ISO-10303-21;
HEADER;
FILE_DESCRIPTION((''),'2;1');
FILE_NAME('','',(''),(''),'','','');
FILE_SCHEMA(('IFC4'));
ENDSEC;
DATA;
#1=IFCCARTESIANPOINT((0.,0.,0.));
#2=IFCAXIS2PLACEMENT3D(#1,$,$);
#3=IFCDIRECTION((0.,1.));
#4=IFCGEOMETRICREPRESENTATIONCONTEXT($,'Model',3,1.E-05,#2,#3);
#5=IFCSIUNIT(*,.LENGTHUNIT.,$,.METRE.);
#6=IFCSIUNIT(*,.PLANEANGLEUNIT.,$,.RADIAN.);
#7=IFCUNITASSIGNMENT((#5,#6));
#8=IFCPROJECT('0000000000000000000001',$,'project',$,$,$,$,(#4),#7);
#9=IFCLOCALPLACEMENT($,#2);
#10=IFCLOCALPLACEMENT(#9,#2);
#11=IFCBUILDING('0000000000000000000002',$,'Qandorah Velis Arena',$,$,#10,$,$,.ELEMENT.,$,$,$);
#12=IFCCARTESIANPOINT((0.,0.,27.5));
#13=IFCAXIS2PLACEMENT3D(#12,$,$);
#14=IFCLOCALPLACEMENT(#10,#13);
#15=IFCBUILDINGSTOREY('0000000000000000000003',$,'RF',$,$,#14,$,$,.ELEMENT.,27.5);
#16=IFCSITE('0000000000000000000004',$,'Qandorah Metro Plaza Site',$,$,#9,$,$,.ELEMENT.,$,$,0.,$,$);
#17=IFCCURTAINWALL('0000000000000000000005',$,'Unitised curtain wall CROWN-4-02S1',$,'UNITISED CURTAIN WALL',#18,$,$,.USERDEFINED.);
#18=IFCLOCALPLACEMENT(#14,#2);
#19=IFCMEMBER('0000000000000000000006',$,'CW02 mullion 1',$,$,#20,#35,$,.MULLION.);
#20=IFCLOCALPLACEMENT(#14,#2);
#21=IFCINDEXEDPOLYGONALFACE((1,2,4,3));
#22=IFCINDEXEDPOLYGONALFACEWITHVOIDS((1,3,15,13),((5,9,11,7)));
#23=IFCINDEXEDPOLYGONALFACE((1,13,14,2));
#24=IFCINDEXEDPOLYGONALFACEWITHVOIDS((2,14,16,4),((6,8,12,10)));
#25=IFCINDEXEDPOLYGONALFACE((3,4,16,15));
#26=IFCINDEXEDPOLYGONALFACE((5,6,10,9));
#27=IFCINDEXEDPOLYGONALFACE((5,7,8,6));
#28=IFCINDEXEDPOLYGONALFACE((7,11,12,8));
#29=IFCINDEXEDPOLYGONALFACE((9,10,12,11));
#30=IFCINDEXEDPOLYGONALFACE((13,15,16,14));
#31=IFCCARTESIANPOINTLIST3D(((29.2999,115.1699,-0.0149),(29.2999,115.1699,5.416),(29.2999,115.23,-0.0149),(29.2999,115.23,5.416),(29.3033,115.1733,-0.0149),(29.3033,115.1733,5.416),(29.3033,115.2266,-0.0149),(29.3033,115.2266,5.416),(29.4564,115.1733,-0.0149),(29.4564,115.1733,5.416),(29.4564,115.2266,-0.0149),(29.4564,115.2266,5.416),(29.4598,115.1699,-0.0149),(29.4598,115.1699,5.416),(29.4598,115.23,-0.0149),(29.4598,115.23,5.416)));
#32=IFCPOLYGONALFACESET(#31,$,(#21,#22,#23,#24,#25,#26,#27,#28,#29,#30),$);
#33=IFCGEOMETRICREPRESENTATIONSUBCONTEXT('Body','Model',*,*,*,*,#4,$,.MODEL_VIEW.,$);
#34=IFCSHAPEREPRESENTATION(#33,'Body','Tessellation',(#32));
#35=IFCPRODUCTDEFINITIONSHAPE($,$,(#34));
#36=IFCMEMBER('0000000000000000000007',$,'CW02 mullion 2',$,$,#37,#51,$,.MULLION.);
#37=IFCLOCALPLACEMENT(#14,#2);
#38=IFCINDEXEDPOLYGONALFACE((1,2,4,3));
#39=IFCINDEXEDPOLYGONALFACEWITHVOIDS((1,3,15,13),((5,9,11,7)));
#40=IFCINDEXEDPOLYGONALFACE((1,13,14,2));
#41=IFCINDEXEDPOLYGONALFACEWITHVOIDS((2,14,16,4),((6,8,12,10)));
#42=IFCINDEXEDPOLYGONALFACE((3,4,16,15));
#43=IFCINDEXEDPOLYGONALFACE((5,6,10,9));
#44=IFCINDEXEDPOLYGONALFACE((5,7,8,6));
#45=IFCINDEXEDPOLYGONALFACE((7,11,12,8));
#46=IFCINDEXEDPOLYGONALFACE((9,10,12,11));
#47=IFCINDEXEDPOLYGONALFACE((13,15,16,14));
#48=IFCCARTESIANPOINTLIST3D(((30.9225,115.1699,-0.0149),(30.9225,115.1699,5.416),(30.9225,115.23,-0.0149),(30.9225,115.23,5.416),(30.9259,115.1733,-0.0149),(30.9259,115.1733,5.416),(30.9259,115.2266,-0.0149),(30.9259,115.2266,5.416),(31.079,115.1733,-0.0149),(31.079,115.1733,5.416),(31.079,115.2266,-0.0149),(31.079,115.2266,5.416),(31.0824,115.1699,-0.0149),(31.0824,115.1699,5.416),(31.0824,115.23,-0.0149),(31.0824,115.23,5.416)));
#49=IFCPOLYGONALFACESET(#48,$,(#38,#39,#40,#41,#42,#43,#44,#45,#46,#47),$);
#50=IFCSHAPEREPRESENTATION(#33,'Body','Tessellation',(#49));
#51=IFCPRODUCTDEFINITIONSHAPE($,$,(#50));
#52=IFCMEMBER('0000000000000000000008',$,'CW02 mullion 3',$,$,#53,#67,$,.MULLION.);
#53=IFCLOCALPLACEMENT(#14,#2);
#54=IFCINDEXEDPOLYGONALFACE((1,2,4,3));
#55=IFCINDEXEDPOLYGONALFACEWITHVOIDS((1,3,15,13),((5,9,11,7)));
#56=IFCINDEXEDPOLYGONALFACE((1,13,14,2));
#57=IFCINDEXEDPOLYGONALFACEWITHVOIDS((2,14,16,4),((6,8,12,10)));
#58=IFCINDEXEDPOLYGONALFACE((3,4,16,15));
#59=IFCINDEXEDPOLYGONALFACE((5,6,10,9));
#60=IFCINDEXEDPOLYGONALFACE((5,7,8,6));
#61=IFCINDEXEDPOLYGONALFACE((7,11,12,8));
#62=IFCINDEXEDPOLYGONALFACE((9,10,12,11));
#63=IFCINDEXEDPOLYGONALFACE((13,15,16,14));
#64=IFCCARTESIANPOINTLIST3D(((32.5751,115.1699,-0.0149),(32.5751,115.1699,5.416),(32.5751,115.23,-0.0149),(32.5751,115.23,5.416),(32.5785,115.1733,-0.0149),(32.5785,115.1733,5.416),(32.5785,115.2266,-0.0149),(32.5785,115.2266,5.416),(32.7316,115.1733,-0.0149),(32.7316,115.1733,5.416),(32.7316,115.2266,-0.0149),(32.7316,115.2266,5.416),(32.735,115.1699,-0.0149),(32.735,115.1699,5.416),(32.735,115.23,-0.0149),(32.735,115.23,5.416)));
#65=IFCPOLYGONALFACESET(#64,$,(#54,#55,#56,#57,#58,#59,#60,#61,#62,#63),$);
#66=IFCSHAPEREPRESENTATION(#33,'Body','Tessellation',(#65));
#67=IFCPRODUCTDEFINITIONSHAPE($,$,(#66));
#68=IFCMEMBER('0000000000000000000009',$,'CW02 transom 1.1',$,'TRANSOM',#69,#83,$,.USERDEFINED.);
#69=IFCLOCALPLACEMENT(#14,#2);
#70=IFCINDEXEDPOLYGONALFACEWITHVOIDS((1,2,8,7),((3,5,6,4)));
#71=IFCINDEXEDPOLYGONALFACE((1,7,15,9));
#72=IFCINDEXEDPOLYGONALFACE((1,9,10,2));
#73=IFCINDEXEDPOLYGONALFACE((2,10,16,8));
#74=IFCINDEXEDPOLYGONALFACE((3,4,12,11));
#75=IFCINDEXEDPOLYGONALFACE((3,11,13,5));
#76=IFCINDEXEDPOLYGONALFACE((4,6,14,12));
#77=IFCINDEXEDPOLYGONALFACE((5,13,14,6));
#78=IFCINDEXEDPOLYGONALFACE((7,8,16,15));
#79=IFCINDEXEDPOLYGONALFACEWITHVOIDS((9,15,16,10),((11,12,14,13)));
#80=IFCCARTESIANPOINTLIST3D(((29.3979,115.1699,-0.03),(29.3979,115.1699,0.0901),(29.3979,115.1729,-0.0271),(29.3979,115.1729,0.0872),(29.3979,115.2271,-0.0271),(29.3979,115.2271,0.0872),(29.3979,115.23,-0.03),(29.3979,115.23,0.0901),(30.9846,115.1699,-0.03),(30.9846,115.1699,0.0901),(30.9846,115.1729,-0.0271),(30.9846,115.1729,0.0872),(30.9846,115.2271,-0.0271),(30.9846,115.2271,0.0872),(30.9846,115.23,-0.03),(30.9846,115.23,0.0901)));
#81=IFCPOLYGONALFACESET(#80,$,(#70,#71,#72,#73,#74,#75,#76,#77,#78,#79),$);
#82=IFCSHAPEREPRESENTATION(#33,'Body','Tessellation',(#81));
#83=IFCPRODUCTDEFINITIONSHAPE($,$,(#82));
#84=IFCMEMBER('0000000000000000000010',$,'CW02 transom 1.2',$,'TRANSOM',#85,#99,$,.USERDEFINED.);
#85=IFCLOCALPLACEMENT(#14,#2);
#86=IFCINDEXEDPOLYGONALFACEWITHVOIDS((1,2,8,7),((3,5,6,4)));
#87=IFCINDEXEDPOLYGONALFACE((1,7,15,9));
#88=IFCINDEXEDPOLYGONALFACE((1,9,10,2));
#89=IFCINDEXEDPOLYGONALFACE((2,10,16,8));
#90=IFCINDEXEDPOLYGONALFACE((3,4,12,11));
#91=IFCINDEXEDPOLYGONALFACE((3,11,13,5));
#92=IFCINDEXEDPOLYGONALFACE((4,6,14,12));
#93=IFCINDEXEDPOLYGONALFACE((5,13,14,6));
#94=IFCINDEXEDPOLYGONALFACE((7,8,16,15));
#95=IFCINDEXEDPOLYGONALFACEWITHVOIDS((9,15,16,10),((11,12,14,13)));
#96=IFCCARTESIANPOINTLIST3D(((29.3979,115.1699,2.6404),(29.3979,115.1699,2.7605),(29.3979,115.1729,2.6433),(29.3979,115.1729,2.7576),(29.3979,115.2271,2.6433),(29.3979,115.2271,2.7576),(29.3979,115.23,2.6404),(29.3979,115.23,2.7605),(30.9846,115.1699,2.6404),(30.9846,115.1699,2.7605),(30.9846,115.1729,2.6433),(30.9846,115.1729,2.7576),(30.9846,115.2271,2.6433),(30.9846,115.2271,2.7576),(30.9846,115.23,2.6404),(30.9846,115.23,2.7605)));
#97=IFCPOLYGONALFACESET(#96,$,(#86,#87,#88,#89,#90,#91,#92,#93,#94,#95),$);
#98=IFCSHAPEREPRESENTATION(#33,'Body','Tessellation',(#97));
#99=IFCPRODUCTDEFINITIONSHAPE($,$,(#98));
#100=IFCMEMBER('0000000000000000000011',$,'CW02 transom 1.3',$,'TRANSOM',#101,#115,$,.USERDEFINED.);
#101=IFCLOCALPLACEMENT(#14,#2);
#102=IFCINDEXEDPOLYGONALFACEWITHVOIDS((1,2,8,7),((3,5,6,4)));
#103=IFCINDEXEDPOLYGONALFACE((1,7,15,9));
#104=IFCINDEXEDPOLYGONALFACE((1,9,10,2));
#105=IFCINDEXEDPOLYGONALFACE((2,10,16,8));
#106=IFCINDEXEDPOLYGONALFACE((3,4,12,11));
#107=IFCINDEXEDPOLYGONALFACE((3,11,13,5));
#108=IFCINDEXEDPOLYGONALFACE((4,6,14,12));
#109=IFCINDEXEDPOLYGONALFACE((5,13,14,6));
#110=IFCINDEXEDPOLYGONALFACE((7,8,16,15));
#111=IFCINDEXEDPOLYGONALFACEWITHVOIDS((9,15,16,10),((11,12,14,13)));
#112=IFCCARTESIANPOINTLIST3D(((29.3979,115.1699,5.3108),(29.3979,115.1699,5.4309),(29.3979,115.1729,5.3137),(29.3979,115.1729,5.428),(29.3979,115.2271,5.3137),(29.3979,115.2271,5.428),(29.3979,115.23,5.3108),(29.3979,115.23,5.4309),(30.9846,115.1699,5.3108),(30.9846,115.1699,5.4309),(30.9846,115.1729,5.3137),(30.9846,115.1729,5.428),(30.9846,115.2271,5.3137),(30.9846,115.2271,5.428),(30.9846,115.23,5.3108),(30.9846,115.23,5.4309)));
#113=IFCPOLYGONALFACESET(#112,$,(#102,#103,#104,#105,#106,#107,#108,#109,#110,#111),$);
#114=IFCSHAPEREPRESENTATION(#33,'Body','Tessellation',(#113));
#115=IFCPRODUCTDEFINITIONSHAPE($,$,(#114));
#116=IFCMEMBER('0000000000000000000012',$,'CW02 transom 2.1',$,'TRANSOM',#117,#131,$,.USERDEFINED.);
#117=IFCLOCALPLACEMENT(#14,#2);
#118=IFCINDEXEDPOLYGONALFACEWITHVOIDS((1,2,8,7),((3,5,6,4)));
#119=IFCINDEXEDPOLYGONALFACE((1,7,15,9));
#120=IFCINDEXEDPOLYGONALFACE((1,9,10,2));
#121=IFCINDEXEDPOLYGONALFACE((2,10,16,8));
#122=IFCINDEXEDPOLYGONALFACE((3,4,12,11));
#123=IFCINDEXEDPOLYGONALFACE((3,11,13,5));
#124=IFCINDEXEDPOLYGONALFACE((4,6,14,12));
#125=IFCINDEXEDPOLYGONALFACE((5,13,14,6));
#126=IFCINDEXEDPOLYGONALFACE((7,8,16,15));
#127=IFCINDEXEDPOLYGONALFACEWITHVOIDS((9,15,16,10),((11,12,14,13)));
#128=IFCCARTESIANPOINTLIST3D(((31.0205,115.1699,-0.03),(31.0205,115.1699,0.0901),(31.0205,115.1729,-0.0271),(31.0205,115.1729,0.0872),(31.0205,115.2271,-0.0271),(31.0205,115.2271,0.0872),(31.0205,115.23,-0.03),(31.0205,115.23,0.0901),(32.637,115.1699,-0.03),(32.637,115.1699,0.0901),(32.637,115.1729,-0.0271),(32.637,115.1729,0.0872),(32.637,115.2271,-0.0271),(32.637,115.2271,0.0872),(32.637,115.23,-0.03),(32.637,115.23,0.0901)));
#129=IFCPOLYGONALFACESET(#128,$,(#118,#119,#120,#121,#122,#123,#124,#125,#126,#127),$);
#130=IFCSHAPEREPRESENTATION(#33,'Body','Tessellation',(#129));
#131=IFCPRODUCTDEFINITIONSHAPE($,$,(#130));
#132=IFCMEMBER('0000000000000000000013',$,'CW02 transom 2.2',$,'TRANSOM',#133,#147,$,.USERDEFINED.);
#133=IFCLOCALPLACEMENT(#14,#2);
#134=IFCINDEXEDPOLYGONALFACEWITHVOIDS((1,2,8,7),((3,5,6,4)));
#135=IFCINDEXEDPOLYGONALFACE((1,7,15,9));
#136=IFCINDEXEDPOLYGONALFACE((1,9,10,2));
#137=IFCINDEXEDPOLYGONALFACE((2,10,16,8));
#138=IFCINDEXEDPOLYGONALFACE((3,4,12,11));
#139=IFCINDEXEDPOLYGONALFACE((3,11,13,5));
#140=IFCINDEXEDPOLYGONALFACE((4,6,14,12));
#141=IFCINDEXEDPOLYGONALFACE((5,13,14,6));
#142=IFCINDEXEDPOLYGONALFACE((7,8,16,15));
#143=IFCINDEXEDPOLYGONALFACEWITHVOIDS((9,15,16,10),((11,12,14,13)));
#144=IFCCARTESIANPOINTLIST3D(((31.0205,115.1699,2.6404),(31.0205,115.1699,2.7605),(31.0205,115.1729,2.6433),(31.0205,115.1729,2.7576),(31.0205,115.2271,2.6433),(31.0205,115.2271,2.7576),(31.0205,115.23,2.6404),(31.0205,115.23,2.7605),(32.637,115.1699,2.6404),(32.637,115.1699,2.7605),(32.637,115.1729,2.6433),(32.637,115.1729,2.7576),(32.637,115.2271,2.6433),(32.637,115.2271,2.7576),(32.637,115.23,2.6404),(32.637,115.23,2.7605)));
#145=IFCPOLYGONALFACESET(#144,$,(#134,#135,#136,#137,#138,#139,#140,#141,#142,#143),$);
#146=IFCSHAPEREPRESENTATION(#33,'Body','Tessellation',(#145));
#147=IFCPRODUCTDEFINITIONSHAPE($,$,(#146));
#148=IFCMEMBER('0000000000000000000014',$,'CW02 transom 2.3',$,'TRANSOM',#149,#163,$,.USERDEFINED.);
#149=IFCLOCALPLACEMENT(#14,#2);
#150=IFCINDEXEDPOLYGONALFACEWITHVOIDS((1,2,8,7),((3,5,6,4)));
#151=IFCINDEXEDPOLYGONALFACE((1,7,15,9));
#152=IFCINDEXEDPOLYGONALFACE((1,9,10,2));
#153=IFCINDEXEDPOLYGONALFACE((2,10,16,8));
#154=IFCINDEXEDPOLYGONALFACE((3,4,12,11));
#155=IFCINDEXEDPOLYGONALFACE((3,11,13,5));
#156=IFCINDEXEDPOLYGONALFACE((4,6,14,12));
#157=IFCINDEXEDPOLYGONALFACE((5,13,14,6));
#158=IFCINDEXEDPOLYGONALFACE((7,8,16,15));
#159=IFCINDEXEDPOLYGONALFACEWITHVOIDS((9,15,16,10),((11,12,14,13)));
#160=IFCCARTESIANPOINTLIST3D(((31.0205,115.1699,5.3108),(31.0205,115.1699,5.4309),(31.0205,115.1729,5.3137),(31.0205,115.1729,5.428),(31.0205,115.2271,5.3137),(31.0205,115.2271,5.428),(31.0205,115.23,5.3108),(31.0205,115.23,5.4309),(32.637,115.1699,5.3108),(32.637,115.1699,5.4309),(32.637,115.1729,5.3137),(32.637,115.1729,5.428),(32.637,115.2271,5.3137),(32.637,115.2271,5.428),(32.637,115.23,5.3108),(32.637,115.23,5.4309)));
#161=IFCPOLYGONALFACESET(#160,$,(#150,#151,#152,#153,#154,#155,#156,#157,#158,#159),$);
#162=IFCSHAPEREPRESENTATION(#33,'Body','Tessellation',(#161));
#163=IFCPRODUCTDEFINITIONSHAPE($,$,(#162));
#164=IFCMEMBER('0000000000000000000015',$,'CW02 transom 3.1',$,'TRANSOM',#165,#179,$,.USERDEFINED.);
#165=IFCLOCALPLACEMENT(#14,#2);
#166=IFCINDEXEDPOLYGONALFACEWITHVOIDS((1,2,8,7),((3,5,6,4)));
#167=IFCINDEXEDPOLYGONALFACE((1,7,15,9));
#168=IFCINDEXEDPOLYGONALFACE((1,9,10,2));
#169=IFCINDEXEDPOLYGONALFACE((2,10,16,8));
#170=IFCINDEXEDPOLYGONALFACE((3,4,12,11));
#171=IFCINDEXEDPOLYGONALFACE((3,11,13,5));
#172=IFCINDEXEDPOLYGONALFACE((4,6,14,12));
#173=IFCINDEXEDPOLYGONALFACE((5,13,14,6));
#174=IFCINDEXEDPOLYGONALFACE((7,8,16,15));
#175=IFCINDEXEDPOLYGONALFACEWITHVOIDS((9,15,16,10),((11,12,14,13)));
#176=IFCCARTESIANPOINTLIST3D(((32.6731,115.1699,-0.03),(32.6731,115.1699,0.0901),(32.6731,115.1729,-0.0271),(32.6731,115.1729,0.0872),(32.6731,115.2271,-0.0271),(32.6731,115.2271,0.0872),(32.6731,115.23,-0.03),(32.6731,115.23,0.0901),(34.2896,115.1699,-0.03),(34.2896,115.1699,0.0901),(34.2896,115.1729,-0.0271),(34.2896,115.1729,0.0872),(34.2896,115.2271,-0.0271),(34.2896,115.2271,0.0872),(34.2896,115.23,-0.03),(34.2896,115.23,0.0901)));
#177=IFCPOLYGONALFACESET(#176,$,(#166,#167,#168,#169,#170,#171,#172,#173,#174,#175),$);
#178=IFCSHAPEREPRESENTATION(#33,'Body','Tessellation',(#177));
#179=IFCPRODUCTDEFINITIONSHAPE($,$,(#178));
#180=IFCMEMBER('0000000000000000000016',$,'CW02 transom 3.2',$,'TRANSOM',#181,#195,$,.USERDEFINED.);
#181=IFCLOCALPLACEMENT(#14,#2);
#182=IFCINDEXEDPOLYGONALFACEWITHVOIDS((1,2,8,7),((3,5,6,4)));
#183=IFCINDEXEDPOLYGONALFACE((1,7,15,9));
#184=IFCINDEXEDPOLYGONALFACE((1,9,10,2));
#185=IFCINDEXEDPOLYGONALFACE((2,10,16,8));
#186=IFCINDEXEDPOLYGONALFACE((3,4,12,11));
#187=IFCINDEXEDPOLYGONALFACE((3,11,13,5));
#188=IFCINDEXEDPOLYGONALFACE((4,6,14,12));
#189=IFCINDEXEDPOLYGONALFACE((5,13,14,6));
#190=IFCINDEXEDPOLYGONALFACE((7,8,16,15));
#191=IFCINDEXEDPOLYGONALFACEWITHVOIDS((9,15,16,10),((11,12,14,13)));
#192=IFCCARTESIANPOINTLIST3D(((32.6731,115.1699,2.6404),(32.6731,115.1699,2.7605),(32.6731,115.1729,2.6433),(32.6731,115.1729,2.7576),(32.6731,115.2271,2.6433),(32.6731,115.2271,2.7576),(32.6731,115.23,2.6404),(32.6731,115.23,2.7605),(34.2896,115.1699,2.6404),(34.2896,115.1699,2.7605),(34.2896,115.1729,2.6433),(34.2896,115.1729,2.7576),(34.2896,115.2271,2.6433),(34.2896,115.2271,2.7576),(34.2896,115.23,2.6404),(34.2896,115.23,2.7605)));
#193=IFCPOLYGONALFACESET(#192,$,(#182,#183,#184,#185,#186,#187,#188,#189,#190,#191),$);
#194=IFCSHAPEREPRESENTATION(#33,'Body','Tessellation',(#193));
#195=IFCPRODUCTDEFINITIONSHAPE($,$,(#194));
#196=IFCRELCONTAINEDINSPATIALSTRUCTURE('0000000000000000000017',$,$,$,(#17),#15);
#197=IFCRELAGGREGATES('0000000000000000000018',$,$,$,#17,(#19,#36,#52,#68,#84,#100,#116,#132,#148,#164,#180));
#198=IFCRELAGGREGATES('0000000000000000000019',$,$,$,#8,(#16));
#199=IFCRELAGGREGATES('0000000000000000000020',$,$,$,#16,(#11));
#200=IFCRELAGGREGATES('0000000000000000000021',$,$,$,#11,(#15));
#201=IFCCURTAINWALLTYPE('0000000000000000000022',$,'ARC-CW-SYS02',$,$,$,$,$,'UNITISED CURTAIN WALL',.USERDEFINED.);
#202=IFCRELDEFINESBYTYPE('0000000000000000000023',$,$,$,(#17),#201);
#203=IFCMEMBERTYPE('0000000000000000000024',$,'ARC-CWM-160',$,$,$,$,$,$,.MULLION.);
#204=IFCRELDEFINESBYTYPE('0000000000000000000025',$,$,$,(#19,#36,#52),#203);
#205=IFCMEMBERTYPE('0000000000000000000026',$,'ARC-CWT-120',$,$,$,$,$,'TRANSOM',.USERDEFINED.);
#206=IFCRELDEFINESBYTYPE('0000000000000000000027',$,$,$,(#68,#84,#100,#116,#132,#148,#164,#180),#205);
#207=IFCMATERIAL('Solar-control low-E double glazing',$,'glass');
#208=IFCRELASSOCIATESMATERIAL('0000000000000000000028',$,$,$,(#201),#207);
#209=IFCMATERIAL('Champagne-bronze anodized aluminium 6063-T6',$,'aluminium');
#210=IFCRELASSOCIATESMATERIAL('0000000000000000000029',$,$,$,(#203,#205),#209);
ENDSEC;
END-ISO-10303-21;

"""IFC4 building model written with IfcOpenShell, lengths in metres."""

from ifc_helpers import new_model, si_unit, direction, frame, origin, origin_2d, place, context, subcontext, project, spatial, hollow_rectangle, extrude, material, material_profile, profile_set, type_object, element, aggregate, save


model = new_model("IFC4")

# Units and contexts
model_context = context("Model", 3, precision=1e-05, world=origin(), true_north=direction((0.0, 1.0)))
body_context = subcontext(model_context, "Body", "Model", "MODEL_VIEW")
ifc_project = project(units=[si_unit("LENGTHUNIT", "METRE"), si_unit("PLANEANGLEUNIT", "RADIAN")], contexts=[model_context])

# Site, building, storey
site_placement = place(None, origin())
site = spatial("IfcSite", under=ifc_project, at=site_placement, Name="Qandorah Metro Plaza Site", CompositionType="ELEMENT", RefElevation=0.0)
building_placement = place(site_placement, origin())
building = spatial("IfcBuilding", under=site, at=building_placement, Name="Qandorah Velis Arena", CompositionType="ELEMENT")
storey_placement = place(building_placement, frame((0.0, 0.0, 27.5)))
storey = spatial("IfcBuildingStorey", under=building, at=storey_placement, Name="RF", CompositionType="ELEMENT", Elevation=27.5)

# Curtain wall, members
ifc_material_1 = material(Name="Solar-control low-E double glazing", Category="glass")
curtain_wall_type = type_object("IfcCurtainWallType", Name="ARC-CW-SYS02", ElementType="UNITISED CURTAIN WALL", PredefinedType="USERDEFINED", material=ifc_material_1)
curtain_wall_placement = place(storey_placement, origin())
curtain_wall = element("IfcCurtainWall", 1, at=curtain_wall_placement, inside=storey, type_object=curtain_wall_type, Name="Unitised curtain wall CROWN-4-02S1", ObjectType="UNITISED CURTAIN WALL", PredefinedType="USERDEFINED")
ifc_material_2 = material(Name="Champagne-bronze anodized aluminium 6063-T6", Category="aluminium")
ifc_material_profile_1 = material_profile(ifc_material_2, hollow_rectangle(XDim=0.0601, YDim=0.1599, WallThickness=0.0034, at=origin_2d()), Name="ALU MULLION 60x160")
ifc_profile_set_1 = profile_set([ifc_material_profile_1], Name="Champagne-bronze anodized aluminium 6063-T6")
member_type_1 = type_object("IfcMemberType", Name="ARC-CWM-160", PredefinedType="MULLION", material=ifc_profile_set_1)
member_1_placement = place(storey_placement, frame((29.3799, 115.2, -0.0149), z_axis=(0.0, 0.0, 1.0), x_axis=(0.0, 1.0, 0.0)))
member_1 = element("IfcMember", 2, at=member_1_placement, type_object=member_type_1, Name="CW02 mullion 1", PredefinedType="MULLION", context=body_context, shape_type="SweptSolid", body=[
    extrude(hollow_rectangle(XDim=0.0601, YDim=0.1599, WallThickness=0.0034, at=origin_2d()), origin(), (0.0, 0.0, 1.0), 5.4309),
])
member_2_placement = place(storey_placement, frame((31.0024, 115.2, -0.0149), z_axis=(0.0, 0.0, 1.0), x_axis=(0.0, 1.0, 0.0)))
member_2 = element("IfcMember", 3, at=member_2_placement, type_object=member_type_1, Name="CW02 mullion 2", PredefinedType="MULLION", context=body_context, shape_type="SweptSolid", body=[
    extrude(hollow_rectangle(XDim=0.0601, YDim=0.1599, WallThickness=0.0034, at=origin_2d()), origin(), (0.0, 0.0, 1.0), 5.4309),
])
member_3_placement = place(storey_placement, frame((32.655, 115.2, -0.0149), z_axis=(0.0, 0.0, 1.0), x_axis=(0.0, 1.0, 0.0)))
member_3 = element("IfcMember", 4, at=member_3_placement, type_object=member_type_1, Name="CW02 mullion 3", PredefinedType="MULLION", context=body_context, shape_type="SweptSolid", body=[
    extrude(hollow_rectangle(XDim=0.0601, YDim=0.1599, WallThickness=0.0034, at=origin_2d()), origin(), (0.0, 0.0, 1.0), 5.4309),
])
ifc_material_profile_2 = material_profile(ifc_material_2, hollow_rectangle(XDim=0.0601, YDim=0.1201, WallThickness=0.0029, at=origin_2d()), Name="ALU TRANSOM 60x120")
ifc_profile_set_2 = profile_set([ifc_material_profile_2], Name="Champagne-bronze anodized aluminium 6063-T6")
member_type_2 = type_object("IfcMemberType", Name="ARC-CWT-120", ElementType="TRANSOM", PredefinedType="USERDEFINED", material=ifc_profile_set_2)
member_4_placement = place(storey_placement, frame((29.3979, 115.2, 0.03), z_axis=(1.0, 0.0, 0.0), x_axis=(0.0, 1.0, 0.0)))
member_4 = element("IfcMember", 5, at=member_4_placement, type_object=member_type_2, Name="CW02 transom 1.1", ObjectType="TRANSOM", PredefinedType="USERDEFINED", context=body_context, shape_type="SweptSolid", body=[
    extrude(hollow_rectangle(XDim=0.0601, YDim=0.1201, WallThickness=0.0029, at=origin_2d()), origin(), (0.0, 0.0, 1.0), 1.5867),
])
member_5_placement = place(storey_placement, frame((29.3979, 115.2, 2.7004), z_axis=(1.0, 0.0, 0.0), x_axis=(0.0, 1.0, 0.0)))
member_5 = element("IfcMember", 6, at=member_5_placement, type_object=member_type_2, Name="CW02 transom 1.2", ObjectType="TRANSOM", PredefinedType="USERDEFINED", context=body_context, shape_type="SweptSolid", body=[
    extrude(hollow_rectangle(XDim=0.0601, YDim=0.1201, WallThickness=0.0029, at=origin_2d()), origin(), (0.0, 0.0, 1.0), 1.5867),
])
member_6_placement = place(storey_placement, frame((29.3979, 115.2, 5.3708), z_axis=(1.0, 0.0, 0.0), x_axis=(0.0, 1.0, 0.0)))
member_6 = element("IfcMember", 7, at=member_6_placement, type_object=member_type_2, Name="CW02 transom 1.3", ObjectType="TRANSOM", PredefinedType="USERDEFINED", context=body_context, shape_type="SweptSolid", body=[
    extrude(hollow_rectangle(XDim=0.0601, YDim=0.1201, WallThickness=0.0029, at=origin_2d()), origin(), (0.0, 0.0, 1.0), 1.5867),
])
member_7_placement = place(storey_placement, frame((31.0205, 115.2, 0.03), z_axis=(1.0, 0.0, 0.0), x_axis=(0.0, 1.0, 0.0)))
member_7 = element("IfcMember", 8, at=member_7_placement, type_object=member_type_2, Name="CW02 transom 2.1", ObjectType="TRANSOM", PredefinedType="USERDEFINED", context=body_context, shape_type="SweptSolid", body=[
    extrude(hollow_rectangle(XDim=0.0601, YDim=0.1201, WallThickness=0.0029, at=origin_2d()), origin(), (0.0, 0.0, 1.0), 1.6165),
])
member_8_placement = place(storey_placement, frame((31.0205, 115.2, 2.7004), z_axis=(1.0, 0.0, 0.0), x_axis=(0.0, 1.0, 0.0)))
member_8 = element("IfcMember", 9, at=member_8_placement, type_object=member_type_2, Name="CW02 transom 2.2", ObjectType="TRANSOM", PredefinedType="USERDEFINED", context=body_context, shape_type="SweptSolid", body=[
    extrude(hollow_rectangle(XDim=0.0601, YDim=0.1201, WallThickness=0.0029, at=origin_2d()), origin(), (0.0, 0.0, 1.0), 1.6165),
])
member_9_placement = place(storey_placement, frame((31.0205, 115.2, 5.3708), z_axis=(1.0, 0.0, 0.0), x_axis=(0.0, 1.0, 0.0)))
member_9 = element("IfcMember", 10, at=member_9_placement, type_object=member_type_2, Name="CW02 transom 2.3", ObjectType="TRANSOM", PredefinedType="USERDEFINED", context=body_context, shape_type="SweptSolid", body=[
    extrude(hollow_rectangle(XDim=0.0601, YDim=0.1201, WallThickness=0.0029, at=origin_2d()), origin(), (0.0, 0.0, 1.0), 1.6165),
])
member_10_placement = place(storey_placement, frame((32.6731, 115.2, 0.03), z_axis=(1.0, 0.0, 0.0), x_axis=(0.0, 1.0, 0.0)))
member_10 = element("IfcMember", 11, at=member_10_placement, type_object=member_type_2, Name="CW02 transom 3.1", ObjectType="TRANSOM", PredefinedType="USERDEFINED", context=body_context, shape_type="SweptSolid", body=[
    extrude(hollow_rectangle(XDim=0.0601, YDim=0.1201, WallThickness=0.0029, at=origin_2d()), origin(), (0.0, 0.0, 1.0), 1.6165),
])
member_11_placement = place(storey_placement, frame((32.6731, 115.2, 2.7004), z_axis=(1.0, 0.0, 0.0), x_axis=(0.0, 1.0, 0.0)))
member_11 = element("IfcMember", 12, at=member_11_placement, type_object=member_type_2, Name="CW02 transom 3.2", ObjectType="TRANSOM", PredefinedType="USERDEFINED", context=body_context, shape_type="SweptSolid", body=[
    extrude(hollow_rectangle(XDim=0.0601, YDim=0.1201, WallThickness=0.0029, at=origin_2d()), origin(), (0.0, 0.0, 1.0), 1.6165),
])

aggregate(curtain_wall, [member_1, member_2, member_3, member_4, member_5, member_6, member_7, member_8, member_9, member_10, member_11])

save(model, "model.ifc")
